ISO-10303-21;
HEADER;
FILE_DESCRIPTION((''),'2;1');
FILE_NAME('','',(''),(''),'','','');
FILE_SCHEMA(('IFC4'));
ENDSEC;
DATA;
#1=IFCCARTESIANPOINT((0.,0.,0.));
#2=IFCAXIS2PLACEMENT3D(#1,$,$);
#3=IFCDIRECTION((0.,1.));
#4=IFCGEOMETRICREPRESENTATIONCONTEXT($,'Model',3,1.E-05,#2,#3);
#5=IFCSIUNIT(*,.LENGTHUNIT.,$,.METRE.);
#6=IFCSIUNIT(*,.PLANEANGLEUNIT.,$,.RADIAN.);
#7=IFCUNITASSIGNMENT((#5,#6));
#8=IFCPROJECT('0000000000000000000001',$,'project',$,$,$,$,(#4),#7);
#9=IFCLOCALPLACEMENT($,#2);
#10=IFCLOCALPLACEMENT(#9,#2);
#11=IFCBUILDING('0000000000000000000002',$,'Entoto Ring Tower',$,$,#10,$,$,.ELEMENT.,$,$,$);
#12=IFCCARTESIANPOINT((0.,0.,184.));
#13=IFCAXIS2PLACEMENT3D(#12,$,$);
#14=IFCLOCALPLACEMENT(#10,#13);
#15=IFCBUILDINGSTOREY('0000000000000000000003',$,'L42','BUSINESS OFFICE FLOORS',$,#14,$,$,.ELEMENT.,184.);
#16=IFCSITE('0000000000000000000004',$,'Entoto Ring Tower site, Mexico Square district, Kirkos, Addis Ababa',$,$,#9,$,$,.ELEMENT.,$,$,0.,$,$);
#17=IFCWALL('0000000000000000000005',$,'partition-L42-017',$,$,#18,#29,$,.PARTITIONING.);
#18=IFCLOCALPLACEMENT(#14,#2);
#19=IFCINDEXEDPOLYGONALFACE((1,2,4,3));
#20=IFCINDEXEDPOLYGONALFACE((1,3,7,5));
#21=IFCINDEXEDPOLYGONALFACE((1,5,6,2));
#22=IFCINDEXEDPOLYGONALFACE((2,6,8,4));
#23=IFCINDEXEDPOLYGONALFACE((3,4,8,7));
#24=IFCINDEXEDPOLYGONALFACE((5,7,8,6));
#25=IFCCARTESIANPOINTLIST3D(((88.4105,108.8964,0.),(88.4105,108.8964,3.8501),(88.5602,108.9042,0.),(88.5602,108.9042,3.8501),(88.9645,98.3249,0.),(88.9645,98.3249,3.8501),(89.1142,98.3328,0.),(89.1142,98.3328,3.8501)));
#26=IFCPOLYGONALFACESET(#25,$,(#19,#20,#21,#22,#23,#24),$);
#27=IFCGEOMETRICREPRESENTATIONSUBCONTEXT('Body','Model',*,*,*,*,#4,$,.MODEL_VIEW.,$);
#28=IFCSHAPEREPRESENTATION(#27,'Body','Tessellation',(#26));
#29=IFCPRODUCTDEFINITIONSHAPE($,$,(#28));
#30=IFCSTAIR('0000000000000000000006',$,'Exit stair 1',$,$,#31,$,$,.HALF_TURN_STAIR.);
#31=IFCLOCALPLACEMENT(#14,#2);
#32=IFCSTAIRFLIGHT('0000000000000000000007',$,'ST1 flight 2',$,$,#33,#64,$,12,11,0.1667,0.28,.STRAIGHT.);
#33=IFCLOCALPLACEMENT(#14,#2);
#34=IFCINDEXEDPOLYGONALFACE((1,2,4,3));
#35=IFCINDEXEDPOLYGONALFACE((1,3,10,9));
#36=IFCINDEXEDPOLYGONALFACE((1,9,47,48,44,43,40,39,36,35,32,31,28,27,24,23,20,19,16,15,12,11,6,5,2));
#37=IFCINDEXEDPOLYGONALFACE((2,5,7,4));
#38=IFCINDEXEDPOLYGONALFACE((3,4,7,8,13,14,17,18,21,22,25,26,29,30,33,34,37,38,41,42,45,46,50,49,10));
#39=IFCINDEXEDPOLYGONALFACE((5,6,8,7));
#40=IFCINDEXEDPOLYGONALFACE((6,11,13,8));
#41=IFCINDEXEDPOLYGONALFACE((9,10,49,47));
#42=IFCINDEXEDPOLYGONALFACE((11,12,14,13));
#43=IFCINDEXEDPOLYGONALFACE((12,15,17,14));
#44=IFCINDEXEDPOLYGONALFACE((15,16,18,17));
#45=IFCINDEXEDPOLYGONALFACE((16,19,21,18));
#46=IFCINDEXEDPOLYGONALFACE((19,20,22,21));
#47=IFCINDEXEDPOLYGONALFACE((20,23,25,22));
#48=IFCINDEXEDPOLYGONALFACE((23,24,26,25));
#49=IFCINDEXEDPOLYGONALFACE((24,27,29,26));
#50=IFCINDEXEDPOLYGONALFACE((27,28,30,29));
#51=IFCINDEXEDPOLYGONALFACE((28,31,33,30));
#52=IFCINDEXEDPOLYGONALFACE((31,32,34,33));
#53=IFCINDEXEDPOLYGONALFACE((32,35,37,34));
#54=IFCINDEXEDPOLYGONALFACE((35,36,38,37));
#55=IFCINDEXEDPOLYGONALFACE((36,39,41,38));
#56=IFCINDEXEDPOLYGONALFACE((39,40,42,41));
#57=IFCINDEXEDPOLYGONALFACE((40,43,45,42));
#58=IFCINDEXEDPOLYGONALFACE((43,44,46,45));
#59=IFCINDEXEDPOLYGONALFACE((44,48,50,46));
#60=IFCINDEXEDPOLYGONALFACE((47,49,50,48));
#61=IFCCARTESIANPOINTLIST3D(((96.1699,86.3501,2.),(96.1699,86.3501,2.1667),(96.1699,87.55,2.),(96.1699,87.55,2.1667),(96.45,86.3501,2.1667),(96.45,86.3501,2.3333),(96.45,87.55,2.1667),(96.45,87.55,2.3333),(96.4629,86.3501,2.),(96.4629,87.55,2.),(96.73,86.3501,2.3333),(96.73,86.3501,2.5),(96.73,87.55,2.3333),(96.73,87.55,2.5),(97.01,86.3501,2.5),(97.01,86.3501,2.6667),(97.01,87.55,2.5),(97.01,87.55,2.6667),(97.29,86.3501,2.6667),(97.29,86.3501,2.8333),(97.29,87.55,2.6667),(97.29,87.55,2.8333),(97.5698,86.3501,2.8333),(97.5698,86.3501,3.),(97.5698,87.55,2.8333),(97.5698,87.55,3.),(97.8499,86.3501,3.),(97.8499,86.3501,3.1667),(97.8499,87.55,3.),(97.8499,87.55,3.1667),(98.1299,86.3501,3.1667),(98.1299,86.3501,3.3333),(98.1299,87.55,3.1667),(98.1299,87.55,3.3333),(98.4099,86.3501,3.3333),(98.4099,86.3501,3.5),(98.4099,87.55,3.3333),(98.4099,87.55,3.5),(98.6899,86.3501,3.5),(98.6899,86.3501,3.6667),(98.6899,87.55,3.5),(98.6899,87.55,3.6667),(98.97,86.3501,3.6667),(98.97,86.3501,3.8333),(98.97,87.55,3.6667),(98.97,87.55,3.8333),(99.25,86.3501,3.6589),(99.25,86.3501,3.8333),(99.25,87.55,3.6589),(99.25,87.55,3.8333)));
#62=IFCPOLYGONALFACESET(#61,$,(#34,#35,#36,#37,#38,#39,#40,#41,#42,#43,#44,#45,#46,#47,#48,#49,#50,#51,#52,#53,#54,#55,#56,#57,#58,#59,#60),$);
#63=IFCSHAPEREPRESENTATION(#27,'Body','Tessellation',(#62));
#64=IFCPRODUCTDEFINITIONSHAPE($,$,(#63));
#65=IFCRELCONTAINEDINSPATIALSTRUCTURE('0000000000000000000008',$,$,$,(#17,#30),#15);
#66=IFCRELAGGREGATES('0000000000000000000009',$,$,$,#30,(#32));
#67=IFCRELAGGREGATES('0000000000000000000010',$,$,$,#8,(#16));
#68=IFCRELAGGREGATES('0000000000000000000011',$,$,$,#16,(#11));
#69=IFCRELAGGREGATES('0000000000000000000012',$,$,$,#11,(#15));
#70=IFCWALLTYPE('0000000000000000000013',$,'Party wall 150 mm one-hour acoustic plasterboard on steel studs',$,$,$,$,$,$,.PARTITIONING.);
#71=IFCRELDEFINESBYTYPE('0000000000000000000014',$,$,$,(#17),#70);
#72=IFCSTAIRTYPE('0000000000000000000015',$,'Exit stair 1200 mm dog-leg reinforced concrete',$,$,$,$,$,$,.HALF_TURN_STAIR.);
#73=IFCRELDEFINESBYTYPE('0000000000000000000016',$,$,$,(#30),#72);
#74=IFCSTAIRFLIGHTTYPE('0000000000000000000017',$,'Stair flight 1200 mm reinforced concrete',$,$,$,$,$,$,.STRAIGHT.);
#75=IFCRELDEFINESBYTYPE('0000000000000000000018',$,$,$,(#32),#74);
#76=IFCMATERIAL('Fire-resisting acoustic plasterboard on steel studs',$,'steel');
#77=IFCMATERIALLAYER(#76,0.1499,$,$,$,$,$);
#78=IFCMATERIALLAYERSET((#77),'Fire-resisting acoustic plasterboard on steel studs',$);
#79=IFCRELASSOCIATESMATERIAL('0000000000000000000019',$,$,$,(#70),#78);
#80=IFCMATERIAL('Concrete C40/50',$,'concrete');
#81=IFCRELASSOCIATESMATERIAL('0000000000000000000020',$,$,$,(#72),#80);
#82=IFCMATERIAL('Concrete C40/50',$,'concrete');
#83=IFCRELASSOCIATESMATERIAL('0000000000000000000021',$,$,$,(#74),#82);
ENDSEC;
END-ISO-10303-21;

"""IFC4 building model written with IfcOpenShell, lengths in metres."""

from ifc_helpers import new_model, si_unit, direction, frame, frame_2d, origin, place, context, subcontext, project, spatial, polyline, rectangle, outline, extrude, material, layer, layer_set, type_object, element, aggregate, save


model = new_model("IFC4")

# Units and contexts
model_context = context("Model", 3, precision=1e-05, world=origin(), true_north=direction((0.0, 1.0)))
body_context = subcontext(model_context, "Body", "Model", "MODEL_VIEW")
ifc_project = project(units=[si_unit("LENGTHUNIT", "METRE"), si_unit("PLANEANGLEUNIT", "RADIAN")], contexts=[model_context])

# Site, building, storey
site_placement = place(None, origin())
site = spatial("IfcSite", under=ifc_project, at=site_placement, Name="Entoto Ring Tower site, Mexico Square district, Kirkos, Addis Ababa", CompositionType="ELEMENT", RefElevation=0.0)
building_placement = place(site_placement, origin())
building = spatial("IfcBuilding", under=site, at=building_placement, Name="Entoto Ring Tower", CompositionType="ELEMENT")
storey_placement = place(building_placement, frame((0.0, 0.0, 184.0)))
storey = spatial("IfcBuildingStorey", under=building, at=storey_placement, Name="L42", Description="BUSINESS OFFICE FLOORS", CompositionType="ELEMENT", Elevation=184.0)

# Wall
ifc_material_1 = material(Name="Fire-resisting acoustic plasterboard on steel studs", Category="steel")
ifc_layer_1 = layer(ifc_material_1, 0.1499)
ifc_layer_set_1 = layer_set([ifc_layer_1], Name="Fire-resisting acoustic plasterboard on steel studs")
wall_type_1 = type_object("IfcWallType", Name="Party wall 150 mm one-hour acoustic plasterboard on steel studs", PredefinedType="PARTITIONING", material=ifc_layer_set_1)
wall_1_placement = place(storey_placement, frame((89.0393, 98.3289, 0.0), z_axis=(0.0, 0.0, 1.0), x_axis=(-0.052329, 0.99863, 0.0)))
element("IfcWall", 1, at=wall_1_placement, inside=storey, type_object=wall_type_1, Name="partition-L42-017", PredefinedType="PARTITIONING", context=body_context, shape_type="SweptSolid", body=[
    extrude(rectangle(XDim=10.5859, YDim=0.1499, at=frame_2d((5.293, 0.0))), origin(), (0.0, 0.0, 1.0), 3.8501),
])

# Stair, stair flight
ifc_material_2 = material(Name="Concrete C40/50", Category="concrete")
stair_type = type_object("IfcStairType", Name="Exit stair 1200 mm dog-leg reinforced concrete", PredefinedType="HALF_TURN_STAIR", material=ifc_material_2)
stair_placement = place(storey_placement, origin())
stair = element("IfcStair", 2, at=stair_placement, inside=storey, type_object=stair_type, Name="Exit stair 1", PredefinedType="HALF_TURN_STAIR")
ifc_material_3 = material(Name="Concrete C40/50", Category="concrete")
stair_flight_type = type_object("IfcStairFlightType", Name="Stair flight 1200 mm reinforced concrete", PredefinedType="STRAIGHT", material=ifc_material_3)
stair_flight_placement = place(storey_placement, frame((96.1699, 86.95, 2.0), z_axis=(0.0, 0.0, 1.0), x_axis=(1.0, 0.0, 0.0)))
stair_flight = element("IfcStairFlight", 3, at=stair_flight_placement, type_object=stair_flight_type, Name="ST1 flight 2", NumberOfRisers=12, NumberOfTreads=11, PredefinedType="STRAIGHT", RiserHeight=0.1667, TreadLength=0.28, context=body_context, shape_type="SweptSolid", body=[
    extrude(outline(polyline([(0.0, 0.0), (0.0, 0.1667), (0.28, 0.1667), (0.28, 0.3333), (0.5601, 0.3333), (0.5601, 0.5), (0.8401, 0.5), (0.8401, 0.6667), (1.1201, 0.6667), (1.1201, 0.8333), (1.3999, 0.8333), (1.3999, 1.0), (1.6799, 1.0), (1.6799, 1.1667), (1.96, 1.1667), (1.96, 1.3333), (2.24, 1.3333), (2.24, 1.5), (2.52, 1.5), (2.52, 1.6667), (2.8, 1.6667), (2.8, 1.8333), (3.0801, 1.8333), (3.0801, 2.0), (3.0801, 1.6589), (0.293, 0.0), (0.0, 0.0)])), frame((0.0, 0.6001, 0.0), z_axis=(0.0, -1.0, 0.0), x_axis=(1.0, 0.0, 0.0)), (0.0, 0.0, 1.0), 1.2),
])
aggregate(stair, [stair_flight])

save(model, "model.ifc")
